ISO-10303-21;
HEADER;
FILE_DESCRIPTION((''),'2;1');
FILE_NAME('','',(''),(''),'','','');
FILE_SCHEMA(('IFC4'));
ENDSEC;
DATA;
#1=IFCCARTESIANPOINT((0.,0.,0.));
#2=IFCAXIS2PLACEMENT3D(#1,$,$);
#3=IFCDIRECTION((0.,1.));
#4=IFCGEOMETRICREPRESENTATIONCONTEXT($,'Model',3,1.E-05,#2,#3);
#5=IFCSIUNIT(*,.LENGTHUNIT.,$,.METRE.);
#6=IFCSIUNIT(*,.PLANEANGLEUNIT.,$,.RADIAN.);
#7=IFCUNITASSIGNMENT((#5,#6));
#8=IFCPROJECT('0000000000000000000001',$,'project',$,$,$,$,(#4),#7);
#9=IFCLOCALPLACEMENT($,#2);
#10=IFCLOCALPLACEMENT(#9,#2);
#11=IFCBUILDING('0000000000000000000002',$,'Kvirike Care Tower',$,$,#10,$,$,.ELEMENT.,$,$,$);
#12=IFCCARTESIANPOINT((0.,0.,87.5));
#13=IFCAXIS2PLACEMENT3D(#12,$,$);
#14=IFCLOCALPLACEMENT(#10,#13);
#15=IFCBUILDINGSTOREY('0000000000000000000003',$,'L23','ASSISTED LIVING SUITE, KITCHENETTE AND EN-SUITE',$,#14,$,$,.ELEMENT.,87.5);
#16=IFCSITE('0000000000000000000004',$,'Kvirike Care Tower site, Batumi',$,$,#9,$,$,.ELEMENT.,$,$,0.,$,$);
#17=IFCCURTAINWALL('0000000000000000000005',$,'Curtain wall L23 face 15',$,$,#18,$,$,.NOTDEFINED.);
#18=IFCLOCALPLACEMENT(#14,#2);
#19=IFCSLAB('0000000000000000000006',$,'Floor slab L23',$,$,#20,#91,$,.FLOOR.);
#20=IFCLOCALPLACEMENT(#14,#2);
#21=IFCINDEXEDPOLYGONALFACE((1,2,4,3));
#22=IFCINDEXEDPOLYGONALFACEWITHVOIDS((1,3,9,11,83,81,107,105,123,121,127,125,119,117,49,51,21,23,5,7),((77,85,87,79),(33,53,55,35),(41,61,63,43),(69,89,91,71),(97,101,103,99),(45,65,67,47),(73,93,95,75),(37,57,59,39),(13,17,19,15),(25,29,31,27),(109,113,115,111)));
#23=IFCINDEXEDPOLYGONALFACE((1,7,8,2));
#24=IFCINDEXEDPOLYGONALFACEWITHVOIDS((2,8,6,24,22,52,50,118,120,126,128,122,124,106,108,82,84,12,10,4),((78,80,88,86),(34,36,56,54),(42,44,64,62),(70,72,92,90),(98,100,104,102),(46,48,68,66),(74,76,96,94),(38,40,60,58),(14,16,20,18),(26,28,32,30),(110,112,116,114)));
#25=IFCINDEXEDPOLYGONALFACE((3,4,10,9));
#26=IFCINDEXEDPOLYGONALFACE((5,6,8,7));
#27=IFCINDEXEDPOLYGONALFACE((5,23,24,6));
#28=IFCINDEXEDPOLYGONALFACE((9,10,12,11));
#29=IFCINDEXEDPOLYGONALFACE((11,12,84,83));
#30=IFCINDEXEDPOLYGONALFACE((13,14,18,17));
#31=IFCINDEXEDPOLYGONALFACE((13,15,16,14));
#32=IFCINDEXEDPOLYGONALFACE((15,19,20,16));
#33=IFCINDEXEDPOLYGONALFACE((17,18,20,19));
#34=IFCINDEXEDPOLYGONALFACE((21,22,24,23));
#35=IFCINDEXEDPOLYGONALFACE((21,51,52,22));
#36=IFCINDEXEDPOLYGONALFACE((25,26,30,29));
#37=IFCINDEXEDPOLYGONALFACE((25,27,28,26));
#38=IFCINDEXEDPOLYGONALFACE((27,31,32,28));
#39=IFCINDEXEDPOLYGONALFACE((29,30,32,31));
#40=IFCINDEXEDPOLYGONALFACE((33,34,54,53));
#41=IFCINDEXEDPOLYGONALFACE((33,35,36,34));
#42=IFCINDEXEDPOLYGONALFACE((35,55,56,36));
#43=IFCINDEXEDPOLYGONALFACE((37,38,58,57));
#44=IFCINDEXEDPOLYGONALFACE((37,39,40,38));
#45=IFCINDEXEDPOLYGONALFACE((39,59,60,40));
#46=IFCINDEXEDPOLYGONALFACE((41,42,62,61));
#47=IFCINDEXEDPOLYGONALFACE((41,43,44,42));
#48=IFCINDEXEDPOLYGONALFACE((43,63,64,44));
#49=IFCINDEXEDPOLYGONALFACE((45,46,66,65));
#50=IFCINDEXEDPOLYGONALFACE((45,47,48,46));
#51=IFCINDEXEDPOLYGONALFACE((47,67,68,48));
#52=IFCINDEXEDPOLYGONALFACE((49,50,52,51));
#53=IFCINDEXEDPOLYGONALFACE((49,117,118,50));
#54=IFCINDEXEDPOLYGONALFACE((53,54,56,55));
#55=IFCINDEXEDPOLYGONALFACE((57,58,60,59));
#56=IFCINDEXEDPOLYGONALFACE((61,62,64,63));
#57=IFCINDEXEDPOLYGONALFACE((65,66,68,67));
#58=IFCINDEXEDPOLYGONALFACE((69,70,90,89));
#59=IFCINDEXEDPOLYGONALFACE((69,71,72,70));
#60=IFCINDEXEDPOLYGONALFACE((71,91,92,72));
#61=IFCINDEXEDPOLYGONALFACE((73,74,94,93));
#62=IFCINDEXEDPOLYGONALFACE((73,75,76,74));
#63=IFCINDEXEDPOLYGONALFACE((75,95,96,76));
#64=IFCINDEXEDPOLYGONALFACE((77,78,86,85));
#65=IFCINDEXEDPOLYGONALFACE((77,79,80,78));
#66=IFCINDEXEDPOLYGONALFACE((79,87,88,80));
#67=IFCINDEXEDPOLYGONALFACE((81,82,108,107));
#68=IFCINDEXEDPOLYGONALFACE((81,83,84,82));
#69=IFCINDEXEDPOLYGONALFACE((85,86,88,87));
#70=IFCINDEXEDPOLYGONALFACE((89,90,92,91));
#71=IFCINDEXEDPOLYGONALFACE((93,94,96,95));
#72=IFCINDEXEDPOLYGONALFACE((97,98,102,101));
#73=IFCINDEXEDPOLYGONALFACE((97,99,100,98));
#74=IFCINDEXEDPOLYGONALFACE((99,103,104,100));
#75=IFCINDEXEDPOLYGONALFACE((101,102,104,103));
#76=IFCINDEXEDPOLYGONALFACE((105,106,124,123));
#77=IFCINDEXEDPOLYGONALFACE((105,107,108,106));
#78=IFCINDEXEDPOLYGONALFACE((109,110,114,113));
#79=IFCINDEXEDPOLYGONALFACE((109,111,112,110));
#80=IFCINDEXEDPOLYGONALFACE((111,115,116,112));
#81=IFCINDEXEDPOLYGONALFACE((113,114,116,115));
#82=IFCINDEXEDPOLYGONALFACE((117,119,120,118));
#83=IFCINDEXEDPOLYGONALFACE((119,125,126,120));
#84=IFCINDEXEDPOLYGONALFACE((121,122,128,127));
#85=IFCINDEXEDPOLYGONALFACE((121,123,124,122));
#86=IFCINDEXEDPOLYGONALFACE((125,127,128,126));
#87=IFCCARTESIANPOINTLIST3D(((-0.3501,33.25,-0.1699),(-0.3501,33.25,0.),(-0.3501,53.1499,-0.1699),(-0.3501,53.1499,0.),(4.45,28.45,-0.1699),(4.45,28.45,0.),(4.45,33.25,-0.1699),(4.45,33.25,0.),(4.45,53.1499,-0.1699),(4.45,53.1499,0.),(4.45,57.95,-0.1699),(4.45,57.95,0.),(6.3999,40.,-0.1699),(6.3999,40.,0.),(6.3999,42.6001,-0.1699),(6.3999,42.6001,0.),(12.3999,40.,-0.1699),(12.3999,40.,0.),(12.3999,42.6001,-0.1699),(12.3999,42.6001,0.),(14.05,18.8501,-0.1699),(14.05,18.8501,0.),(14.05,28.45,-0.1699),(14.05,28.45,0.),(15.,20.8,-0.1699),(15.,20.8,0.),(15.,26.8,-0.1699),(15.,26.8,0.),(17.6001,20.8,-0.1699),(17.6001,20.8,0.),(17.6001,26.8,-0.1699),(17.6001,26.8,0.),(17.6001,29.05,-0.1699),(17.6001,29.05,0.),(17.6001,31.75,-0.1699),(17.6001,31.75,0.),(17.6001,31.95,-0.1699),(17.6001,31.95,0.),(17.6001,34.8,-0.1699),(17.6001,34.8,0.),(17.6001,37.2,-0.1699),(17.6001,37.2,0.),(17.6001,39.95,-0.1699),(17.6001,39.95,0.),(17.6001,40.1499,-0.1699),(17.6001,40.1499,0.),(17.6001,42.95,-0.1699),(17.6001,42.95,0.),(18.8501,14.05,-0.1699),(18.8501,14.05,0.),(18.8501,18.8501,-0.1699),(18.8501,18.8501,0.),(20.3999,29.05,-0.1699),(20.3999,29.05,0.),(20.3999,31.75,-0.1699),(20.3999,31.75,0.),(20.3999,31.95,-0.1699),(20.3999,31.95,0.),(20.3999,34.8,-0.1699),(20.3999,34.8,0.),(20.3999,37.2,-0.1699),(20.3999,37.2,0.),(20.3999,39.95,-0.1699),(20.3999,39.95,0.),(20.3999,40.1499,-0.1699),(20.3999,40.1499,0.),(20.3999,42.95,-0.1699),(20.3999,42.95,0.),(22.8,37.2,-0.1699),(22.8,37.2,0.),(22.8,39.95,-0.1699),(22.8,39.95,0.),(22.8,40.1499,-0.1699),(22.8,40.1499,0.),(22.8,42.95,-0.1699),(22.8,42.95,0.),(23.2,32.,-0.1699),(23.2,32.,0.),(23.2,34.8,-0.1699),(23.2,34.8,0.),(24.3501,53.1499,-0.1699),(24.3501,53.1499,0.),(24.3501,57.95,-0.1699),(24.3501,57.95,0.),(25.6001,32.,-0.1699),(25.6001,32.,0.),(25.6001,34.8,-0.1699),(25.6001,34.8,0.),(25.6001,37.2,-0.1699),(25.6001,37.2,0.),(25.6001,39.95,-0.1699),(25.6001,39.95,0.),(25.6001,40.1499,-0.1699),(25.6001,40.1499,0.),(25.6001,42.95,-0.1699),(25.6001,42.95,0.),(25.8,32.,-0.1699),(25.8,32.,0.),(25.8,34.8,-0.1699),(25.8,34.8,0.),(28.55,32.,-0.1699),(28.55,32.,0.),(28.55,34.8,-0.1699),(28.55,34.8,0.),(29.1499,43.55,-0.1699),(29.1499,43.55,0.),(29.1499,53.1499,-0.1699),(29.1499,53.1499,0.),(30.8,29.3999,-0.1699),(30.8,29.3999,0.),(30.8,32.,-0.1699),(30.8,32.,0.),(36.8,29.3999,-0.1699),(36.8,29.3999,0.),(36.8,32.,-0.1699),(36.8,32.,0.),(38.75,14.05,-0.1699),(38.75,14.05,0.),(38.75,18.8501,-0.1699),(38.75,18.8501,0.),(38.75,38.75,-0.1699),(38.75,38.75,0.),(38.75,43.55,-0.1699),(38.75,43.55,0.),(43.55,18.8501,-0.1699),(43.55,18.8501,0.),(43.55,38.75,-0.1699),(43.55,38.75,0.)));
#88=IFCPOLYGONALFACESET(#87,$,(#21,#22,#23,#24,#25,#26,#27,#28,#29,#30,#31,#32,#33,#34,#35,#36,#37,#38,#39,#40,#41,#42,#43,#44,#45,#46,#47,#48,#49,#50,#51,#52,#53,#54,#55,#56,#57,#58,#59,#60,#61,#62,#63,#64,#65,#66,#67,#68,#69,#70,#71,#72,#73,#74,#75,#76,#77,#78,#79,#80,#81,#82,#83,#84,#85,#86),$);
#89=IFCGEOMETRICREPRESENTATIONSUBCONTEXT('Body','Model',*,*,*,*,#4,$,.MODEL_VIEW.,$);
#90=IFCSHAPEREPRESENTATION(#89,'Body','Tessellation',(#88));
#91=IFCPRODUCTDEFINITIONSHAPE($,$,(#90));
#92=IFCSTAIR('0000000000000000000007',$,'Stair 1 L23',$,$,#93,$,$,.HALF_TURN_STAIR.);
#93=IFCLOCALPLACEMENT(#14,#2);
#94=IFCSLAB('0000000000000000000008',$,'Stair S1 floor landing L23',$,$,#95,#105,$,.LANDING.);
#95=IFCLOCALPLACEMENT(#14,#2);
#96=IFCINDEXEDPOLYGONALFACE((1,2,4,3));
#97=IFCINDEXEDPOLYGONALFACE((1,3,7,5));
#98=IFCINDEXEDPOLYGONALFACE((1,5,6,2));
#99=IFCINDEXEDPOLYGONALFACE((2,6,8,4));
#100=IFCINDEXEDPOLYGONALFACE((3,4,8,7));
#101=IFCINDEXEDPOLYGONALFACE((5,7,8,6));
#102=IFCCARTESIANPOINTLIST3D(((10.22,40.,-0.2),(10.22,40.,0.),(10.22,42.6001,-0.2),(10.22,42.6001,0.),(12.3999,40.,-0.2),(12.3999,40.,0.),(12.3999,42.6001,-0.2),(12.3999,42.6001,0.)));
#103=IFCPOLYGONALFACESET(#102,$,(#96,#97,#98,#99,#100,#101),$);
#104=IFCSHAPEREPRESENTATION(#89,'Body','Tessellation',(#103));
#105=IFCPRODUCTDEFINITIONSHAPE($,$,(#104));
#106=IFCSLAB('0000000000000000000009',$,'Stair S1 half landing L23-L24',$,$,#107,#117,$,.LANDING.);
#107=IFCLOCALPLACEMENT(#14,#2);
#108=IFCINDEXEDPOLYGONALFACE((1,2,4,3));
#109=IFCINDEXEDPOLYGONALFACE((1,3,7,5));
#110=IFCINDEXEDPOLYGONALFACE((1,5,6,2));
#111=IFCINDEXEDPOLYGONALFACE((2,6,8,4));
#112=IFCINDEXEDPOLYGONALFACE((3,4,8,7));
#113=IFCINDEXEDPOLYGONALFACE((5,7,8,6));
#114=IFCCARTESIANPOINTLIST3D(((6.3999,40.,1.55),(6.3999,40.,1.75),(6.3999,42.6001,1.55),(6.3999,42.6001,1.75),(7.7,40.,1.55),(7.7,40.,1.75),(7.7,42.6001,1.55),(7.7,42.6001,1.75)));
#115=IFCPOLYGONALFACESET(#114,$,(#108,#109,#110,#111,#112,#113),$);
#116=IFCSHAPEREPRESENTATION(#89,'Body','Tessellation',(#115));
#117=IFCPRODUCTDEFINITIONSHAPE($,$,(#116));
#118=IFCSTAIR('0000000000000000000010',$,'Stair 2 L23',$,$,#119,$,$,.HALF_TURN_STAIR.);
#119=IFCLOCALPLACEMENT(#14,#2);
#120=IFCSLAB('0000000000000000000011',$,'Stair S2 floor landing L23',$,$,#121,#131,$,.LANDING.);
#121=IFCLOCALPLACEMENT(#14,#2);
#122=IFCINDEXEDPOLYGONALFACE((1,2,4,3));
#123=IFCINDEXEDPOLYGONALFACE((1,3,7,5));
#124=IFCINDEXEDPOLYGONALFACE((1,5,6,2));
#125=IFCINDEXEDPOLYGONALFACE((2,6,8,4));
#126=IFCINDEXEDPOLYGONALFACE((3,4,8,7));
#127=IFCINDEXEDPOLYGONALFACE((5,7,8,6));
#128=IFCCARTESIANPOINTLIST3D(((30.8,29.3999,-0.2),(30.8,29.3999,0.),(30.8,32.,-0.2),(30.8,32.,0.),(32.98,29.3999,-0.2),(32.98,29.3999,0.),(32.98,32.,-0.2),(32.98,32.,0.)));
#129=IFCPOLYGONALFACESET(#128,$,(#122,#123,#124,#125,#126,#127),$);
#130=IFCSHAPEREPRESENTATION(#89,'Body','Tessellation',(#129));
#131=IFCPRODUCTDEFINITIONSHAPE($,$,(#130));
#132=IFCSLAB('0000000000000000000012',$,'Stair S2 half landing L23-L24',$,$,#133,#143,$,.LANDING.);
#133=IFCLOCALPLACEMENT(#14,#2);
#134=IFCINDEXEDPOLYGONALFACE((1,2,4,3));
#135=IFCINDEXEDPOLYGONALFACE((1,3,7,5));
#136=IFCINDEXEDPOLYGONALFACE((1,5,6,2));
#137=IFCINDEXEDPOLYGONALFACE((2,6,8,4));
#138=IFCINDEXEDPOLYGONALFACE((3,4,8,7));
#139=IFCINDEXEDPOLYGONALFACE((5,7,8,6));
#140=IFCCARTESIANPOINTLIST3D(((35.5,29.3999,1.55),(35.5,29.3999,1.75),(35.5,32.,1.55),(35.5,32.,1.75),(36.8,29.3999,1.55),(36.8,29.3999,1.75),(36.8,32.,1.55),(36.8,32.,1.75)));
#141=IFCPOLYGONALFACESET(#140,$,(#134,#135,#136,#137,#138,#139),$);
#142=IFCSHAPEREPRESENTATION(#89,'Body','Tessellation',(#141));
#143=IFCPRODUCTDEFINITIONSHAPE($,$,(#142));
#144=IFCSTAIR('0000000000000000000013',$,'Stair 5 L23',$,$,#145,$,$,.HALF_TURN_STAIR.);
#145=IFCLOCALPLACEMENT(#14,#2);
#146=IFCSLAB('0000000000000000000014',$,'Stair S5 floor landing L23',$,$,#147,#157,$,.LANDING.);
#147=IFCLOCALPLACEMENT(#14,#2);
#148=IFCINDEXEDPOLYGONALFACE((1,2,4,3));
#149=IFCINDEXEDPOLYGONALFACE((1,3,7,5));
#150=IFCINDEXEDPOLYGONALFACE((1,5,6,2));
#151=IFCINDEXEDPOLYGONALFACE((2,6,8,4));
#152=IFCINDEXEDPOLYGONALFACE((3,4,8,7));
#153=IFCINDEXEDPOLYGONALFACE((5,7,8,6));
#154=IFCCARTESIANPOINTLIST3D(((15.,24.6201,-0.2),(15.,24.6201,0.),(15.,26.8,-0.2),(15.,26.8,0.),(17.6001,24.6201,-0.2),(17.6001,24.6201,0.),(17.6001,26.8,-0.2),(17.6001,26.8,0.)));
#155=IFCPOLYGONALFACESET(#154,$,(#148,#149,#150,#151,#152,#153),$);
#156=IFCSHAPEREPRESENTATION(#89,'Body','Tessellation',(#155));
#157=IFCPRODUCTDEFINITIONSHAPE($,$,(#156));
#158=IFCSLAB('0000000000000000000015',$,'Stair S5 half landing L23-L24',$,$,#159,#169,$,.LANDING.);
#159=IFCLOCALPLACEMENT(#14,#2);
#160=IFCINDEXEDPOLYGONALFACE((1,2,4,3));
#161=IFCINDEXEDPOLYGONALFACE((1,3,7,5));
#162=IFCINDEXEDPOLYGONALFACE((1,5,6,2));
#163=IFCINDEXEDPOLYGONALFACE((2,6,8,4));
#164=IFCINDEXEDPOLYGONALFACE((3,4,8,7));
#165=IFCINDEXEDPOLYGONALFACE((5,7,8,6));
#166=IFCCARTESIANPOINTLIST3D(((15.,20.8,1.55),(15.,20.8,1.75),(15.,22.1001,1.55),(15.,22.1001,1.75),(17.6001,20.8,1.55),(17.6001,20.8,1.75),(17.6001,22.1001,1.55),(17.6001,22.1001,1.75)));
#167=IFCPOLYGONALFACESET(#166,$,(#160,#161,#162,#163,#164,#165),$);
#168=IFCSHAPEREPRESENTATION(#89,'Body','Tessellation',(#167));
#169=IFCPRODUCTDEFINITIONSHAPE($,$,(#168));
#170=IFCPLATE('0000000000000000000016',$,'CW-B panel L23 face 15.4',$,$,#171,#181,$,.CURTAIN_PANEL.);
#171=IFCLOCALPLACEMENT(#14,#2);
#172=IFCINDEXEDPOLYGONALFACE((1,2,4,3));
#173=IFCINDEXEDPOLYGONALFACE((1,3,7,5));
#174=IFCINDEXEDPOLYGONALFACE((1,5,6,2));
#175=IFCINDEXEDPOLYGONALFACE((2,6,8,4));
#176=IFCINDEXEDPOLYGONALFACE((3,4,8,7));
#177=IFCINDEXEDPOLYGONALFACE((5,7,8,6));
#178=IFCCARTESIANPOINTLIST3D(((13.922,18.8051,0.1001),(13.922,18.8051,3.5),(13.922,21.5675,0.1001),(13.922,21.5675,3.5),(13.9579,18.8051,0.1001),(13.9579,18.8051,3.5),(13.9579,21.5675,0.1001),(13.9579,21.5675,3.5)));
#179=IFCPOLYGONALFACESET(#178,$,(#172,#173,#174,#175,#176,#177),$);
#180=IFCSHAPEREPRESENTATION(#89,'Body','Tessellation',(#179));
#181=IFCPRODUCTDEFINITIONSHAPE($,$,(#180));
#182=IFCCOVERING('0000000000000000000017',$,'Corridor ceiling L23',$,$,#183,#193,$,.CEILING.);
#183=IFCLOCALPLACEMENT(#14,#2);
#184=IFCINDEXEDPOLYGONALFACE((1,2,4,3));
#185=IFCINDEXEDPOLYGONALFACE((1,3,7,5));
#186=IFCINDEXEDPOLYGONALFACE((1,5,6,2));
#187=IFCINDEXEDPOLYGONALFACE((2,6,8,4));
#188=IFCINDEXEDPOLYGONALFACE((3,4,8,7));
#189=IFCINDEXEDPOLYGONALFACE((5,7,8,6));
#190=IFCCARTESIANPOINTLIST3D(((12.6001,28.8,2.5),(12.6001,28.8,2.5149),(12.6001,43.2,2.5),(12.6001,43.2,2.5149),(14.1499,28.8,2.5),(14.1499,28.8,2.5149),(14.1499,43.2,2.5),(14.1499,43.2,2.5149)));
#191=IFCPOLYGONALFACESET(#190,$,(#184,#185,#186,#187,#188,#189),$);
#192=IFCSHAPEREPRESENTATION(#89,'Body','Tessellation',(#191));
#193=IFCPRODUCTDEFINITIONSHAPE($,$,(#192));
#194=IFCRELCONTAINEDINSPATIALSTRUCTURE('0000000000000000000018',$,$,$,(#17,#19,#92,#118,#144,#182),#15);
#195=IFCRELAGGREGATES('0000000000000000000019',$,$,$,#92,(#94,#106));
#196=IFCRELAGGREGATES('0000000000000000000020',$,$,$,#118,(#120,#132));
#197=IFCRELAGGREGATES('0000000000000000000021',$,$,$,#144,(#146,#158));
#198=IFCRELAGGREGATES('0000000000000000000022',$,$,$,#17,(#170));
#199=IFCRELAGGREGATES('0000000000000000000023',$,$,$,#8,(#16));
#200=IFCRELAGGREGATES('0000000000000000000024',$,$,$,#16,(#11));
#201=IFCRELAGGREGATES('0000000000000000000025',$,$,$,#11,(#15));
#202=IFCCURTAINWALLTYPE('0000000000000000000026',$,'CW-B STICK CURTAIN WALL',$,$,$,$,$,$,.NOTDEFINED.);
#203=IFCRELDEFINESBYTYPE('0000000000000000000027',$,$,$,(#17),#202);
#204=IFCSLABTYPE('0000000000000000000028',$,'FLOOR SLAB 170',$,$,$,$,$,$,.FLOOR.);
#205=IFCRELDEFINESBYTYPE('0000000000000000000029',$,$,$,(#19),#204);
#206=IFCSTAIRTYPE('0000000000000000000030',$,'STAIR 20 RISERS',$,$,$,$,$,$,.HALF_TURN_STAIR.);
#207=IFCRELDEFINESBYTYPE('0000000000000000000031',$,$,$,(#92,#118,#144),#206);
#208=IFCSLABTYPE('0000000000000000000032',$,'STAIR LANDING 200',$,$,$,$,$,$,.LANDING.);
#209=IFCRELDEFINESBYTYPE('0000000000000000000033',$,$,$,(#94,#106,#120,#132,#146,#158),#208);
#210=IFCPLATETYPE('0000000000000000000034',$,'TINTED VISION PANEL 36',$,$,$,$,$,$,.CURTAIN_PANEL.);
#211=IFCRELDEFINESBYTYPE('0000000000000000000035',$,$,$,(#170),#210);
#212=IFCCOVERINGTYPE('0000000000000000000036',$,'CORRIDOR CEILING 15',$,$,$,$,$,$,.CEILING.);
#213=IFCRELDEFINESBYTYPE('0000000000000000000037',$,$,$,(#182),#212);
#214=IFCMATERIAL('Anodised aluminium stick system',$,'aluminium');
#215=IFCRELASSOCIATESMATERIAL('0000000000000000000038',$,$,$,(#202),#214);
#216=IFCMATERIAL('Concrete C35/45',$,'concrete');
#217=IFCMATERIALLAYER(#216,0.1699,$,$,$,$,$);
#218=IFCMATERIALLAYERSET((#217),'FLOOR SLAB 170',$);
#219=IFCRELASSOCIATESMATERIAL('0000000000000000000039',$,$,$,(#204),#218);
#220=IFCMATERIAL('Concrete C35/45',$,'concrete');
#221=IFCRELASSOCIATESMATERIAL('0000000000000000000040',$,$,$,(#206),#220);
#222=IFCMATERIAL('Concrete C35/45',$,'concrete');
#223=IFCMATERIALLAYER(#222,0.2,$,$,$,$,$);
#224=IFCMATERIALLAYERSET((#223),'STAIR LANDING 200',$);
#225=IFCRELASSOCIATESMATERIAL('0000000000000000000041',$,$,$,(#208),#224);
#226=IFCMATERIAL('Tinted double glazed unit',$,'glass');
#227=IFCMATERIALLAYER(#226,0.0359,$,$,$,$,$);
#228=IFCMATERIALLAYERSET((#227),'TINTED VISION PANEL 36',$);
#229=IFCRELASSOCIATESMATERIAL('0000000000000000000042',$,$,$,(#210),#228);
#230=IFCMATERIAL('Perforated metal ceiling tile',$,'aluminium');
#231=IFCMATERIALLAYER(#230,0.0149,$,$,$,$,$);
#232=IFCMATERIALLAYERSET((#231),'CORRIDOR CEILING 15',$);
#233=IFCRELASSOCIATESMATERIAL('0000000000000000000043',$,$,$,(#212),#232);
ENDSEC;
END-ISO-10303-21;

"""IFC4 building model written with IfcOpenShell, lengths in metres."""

from ifc_helpers import new_model, si_unit, direction, frame, origin, origin_2d, place, context, subcontext, project, spatial, polyline, rectangle, outline, extrude, material, layer, layer_set, type_object, element, aggregate, save


model = new_model("IFC4")

# Units and contexts
model_context = context("Model", 3, precision=1e-05, world=origin(), true_north=direction((0.0, 1.0)))
body_context = subcontext(model_context, "Body", "Model", "MODEL_VIEW")
ifc_project = project(units=[si_unit("LENGTHUNIT", "METRE"), si_unit("PLANEANGLEUNIT", "RADIAN")], contexts=[model_context])

# Site, building, storey
site_placement = place(None, origin())
site = spatial("IfcSite", under=ifc_project, at=site_placement, Name="Kvirike Care Tower site, Batumi", CompositionType="ELEMENT", RefElevation=0.0)
building_placement = place(site_placement, origin())
building = spatial("IfcBuilding", under=site, at=building_placement, Name="Kvirike Care Tower", CompositionType="ELEMENT")
storey_placement = place(building_placement, frame((0.0, 0.0, 87.5)))
storey = spatial("IfcBuildingStorey", under=building, at=storey_placement, Name="L23", Description="ASSISTED LIVING SUITE, KITCHENETTE AND EN-SUITE", CompositionType="ELEMENT", Elevation=87.5)

# Curtain wall
ifc_material_1 = material(Name="Anodised aluminium stick system", Category="aluminium")
curtain_wall_type = type_object("IfcCurtainWallType", Name="CW-B STICK CURTAIN WALL", PredefinedType="NOTDEFINED", material=ifc_material_1)
curtain_wall_1_placement = place(storey_placement, origin())
curtain_wall_1 = element("IfcCurtainWall", 1, at=curtain_wall_1_placement, inside=storey, type_object=curtain_wall_type, Name="Curtain wall L23 face 15", PredefinedType="NOTDEFINED")

# Slab
ifc_material_2 = material(Name="Concrete C35/45", Category="concrete")
ifc_layer_1 = layer(ifc_material_2, 0.1699)
ifc_layer_set_1 = layer_set([ifc_layer_1], Name="FLOOR SLAB 170")
slab_type_1 = type_object("IfcSlabType", Name="FLOOR SLAB 170", PredefinedType="FLOOR", material=ifc_layer_set_1)
slab_1_placement = place(storey_placement, frame((0.0, 0.0, -0.1699)))
element("IfcSlab", 2, at=slab_1_placement, inside=storey, type_object=slab_type_1, Name="Floor slab L23", PredefinedType="FLOOR", context=body_context, shape_type="SweptSolid", body=[
    extrude(outline(polyline([(43.55, 18.8501), (43.55, 38.75), (38.75, 38.75), (38.75, 43.55), (29.1499, 43.55), (29.1499, 53.1499), (24.3501, 53.1499), (24.3501, 57.95), (4.45, 57.95), (4.45, 53.1499), (-0.3501, 53.1499), (-0.3501, 33.25), (4.45, 33.25), (4.45, 28.45), (14.05, 28.45), (14.05, 18.8501), (18.8501, 18.8501), (18.8501, 14.05), (38.75, 14.05), (38.75, 18.8501), (43.55, 18.8501)]), holes=[polyline([(17.6001, 29.05), (17.6001, 31.75), (20.3999, 31.75), (20.3999, 29.05), (17.6001, 29.05)]), polyline([(17.6001, 31.95), (17.6001, 34.8), (20.3999, 34.8), (20.3999, 31.95), (17.6001, 31.95)]), polyline([(17.6001, 37.2), (17.6001, 39.95), (20.3999, 39.95), (20.3999, 37.2), (17.6001, 37.2)]), polyline([(17.6001, 40.1499), (17.6001, 42.95), (20.3999, 42.95), (20.3999, 40.1499), (17.6001, 40.1499)]), polyline([(22.8, 37.2), (22.8, 39.95), (25.6001, 39.95), (25.6001, 37.2), (22.8, 37.2)]), polyline([(22.8, 40.1499), (22.8, 42.95), (25.6001, 42.95), (25.6001, 40.1499), (22.8, 40.1499)]), polyline([(23.2, 32.0), (23.2, 34.8), (25.6001, 34.8), (25.6001, 32.0), (23.2, 32.0)]), polyline([(25.8, 32.0), (25.8, 34.8), (28.55, 34.8), (28.55, 32.0), (25.8, 32.0)]), polyline([(12.3999, 42.6001), (12.3999, 40.0), (6.3999, 40.0), (6.3999, 42.6001), (12.3999, 42.6001)]), polyline([(30.8, 29.3999), (30.8, 32.0), (36.8, 32.0), (36.8, 29.3999), (30.8, 29.3999)]), polyline([(15.0, 26.8), (17.6001, 26.8), (17.6001, 20.8), (15.0, 20.8), (15.0, 26.8)])]), origin(), (0.0, 0.0, 1.0), 0.1699),
])

# Stairs, slabs
ifc_material_3 = material(Name="Concrete C35/45", Category="concrete")
stair_type = type_object("IfcStairType", Name="STAIR 20 RISERS", PredefinedType="HALF_TURN_STAIR", material=ifc_material_3)
stair_1_placement = place(storey_placement, origin())
stair_1 = element("IfcStair", 3, at=stair_1_placement, inside=storey, type_object=stair_type, Name="Stair 1 L23", PredefinedType="HALF_TURN_STAIR")
ifc_material_4 = material(Name="Concrete C35/45", Category="concrete")
ifc_layer_2 = layer(ifc_material_4, 0.2)
ifc_layer_set_2 = layer_set([ifc_layer_2], Name="STAIR LANDING 200")
slab_type_2 = type_object("IfcSlabType", Name="STAIR LANDING 200", PredefinedType="LANDING", material=ifc_layer_set_2)
slab_2_placement = place(storey_placement, frame((0.0, 0.0, -0.2)))
slab_2 = element("IfcSlab", 4, at=slab_2_placement, type_object=slab_type_2, Name="Stair S1 floor landing L23", PredefinedType="LANDING", context=body_context, shape_type="SweptSolid", body=[
    extrude(outline(polyline([(10.22, 42.6001), (10.22, 40.0), (12.3999, 40.0), (12.3999, 42.6001), (10.22, 42.6001)])), origin(), (0.0, 0.0, 1.0), 0.2),
])
slab_3_placement = place(storey_placement, frame((0.0, 0.0, 1.55)))
slab_3 = element("IfcSlab", 5, at=slab_3_placement, type_object=slab_type_2, Name="Stair S1 half landing L23-L24", PredefinedType="LANDING", context=body_context, shape_type="SweptSolid", body=[
    extrude(outline(polyline([(6.3999, 42.6001), (6.3999, 40.0), (7.7, 40.0), (7.7, 42.6001), (6.3999, 42.6001)])), origin(), (0.0, 0.0, 1.0), 0.2),
])
aggregate(stair_1, [slab_2, slab_3])
stair_2_placement = place(storey_placement, origin())
stair_2 = element("IfcStair", 6, at=stair_2_placement, inside=storey, type_object=stair_type, Name="Stair 2 L23", PredefinedType="HALF_TURN_STAIR")
slab_4_placement = place(storey_placement, frame((0.0, 0.0, -0.2)))
slab_4 = element("IfcSlab", 7, at=slab_4_placement, type_object=slab_type_2, Name="Stair S2 floor landing L23", PredefinedType="LANDING", context=body_context, shape_type="SweptSolid", body=[
    extrude(outline(polyline([(32.98, 29.3999), (32.98, 32.0), (30.8, 32.0), (30.8, 29.3999), (32.98, 29.3999)])), origin(), (0.0, 0.0, 1.0), 0.2),
])
slab_5_placement = place(storey_placement, frame((0.0, 0.0, 1.55)))
slab_5 = element("IfcSlab", 8, at=slab_5_placement, type_object=slab_type_2, Name="Stair S2 half landing L23-L24", PredefinedType="LANDING", context=body_context, shape_type="SweptSolid", body=[
    extrude(outline(polyline([(36.8, 29.3999), (36.8, 32.0), (35.5, 32.0), (35.5, 29.3999), (36.8, 29.3999)])), origin(), (0.0, 0.0, 1.0), 0.2),
])
aggregate(stair_2, [slab_4, slab_5])
stair_3_placement = place(storey_placement, origin())
stair_3 = element("IfcStair", 9, at=stair_3_placement, inside=storey, type_object=stair_type, Name="Stair 5 L23", PredefinedType="HALF_TURN_STAIR")
slab_6_placement = place(storey_placement, frame((0.0, 0.0, -0.2)))
slab_6 = element("IfcSlab", 10, at=slab_6_placement, type_object=slab_type_2, Name="Stair S5 floor landing L23", PredefinedType="LANDING", context=body_context, shape_type="SweptSolid", body=[
    extrude(outline(polyline([(15.0, 24.6201), (17.6001, 24.6201), (17.6001, 26.8), (15.0, 26.8), (15.0, 24.6201)])), origin(), (0.0, 0.0, 1.0), 0.2),
])
slab_7_placement = place(storey_placement, frame((0.0, 0.0, 1.55)))
slab_7 = element("IfcSlab", 11, at=slab_7_placement, type_object=slab_type_2, Name="Stair S5 half landing L23-L24", PredefinedType="LANDING", context=body_context, shape_type="SweptSolid", body=[
    extrude(outline(polyline([(15.0, 20.8), (17.6001, 20.8), (17.6001, 22.1001), (15.0, 22.1001), (15.0, 20.8)])), origin(), (0.0, 0.0, 1.0), 0.2),
])
aggregate(stair_3, [slab_6, slab_7])

# Plate
ifc_material_5 = material(Name="Tinted double glazed unit", Category="glass")
ifc_layer_3 = layer(ifc_material_5, 0.0359)
ifc_layer_set_3 = layer_set([ifc_layer_3], Name="TINTED VISION PANEL 36")
plate_type = type_object("IfcPlateType", Name="TINTED VISION PANEL 36", PredefinedType="CURTAIN_PANEL", material=ifc_layer_set_3)
plate_placement = place(storey_placement, frame((13.9399, 20.1863, 0.1001), z_axis=(0.0, 0.0, 1.0), x_axis=(0.0, -1.0, 0.0)))
plate = element("IfcPlate", 12, at=plate_placement, type_object=plate_type, Name="CW-B panel L23 face 15.4", PredefinedType="CURTAIN_PANEL", context=body_context, shape_type="SweptSolid", body=[
    extrude(rectangle(XDim=2.7625, YDim=0.0359, at=origin_2d()), origin(), (0.0, 0.0, 1.0), 3.3999),
])
aggregate(curtain_wall_1, [plate])

# Covering
ifc_material_6 = material(Name="Perforated metal ceiling tile", Category="aluminium")
ifc_layer_4 = layer(ifc_material_6, 0.0149)
ifc_layer_set_4 = layer_set([ifc_layer_4], Name="CORRIDOR CEILING 15")
covering_type_1 = type_object("IfcCoveringType", Name="CORRIDOR CEILING 15", PredefinedType="CEILING", material=ifc_layer_set_4)
covering_1_placement = place(storey_placement, frame((0.0, 0.0, 2.5)))
element("IfcCovering", 13, at=covering_1_placement, inside=storey, type_object=covering_type_1, Name="Corridor ceiling L23", PredefinedType="CEILING", context=body_context, shape_type="SweptSolid", body=[
    extrude(outline(polyline([(12.6001, 43.2), (14.1499, 43.2), (14.1499, 28.8), (12.6001, 28.8), (12.6001, 43.2)])), origin(), (0.0, 0.0, 1.0), 0.0149),
])

save(model, "model.ifc")
